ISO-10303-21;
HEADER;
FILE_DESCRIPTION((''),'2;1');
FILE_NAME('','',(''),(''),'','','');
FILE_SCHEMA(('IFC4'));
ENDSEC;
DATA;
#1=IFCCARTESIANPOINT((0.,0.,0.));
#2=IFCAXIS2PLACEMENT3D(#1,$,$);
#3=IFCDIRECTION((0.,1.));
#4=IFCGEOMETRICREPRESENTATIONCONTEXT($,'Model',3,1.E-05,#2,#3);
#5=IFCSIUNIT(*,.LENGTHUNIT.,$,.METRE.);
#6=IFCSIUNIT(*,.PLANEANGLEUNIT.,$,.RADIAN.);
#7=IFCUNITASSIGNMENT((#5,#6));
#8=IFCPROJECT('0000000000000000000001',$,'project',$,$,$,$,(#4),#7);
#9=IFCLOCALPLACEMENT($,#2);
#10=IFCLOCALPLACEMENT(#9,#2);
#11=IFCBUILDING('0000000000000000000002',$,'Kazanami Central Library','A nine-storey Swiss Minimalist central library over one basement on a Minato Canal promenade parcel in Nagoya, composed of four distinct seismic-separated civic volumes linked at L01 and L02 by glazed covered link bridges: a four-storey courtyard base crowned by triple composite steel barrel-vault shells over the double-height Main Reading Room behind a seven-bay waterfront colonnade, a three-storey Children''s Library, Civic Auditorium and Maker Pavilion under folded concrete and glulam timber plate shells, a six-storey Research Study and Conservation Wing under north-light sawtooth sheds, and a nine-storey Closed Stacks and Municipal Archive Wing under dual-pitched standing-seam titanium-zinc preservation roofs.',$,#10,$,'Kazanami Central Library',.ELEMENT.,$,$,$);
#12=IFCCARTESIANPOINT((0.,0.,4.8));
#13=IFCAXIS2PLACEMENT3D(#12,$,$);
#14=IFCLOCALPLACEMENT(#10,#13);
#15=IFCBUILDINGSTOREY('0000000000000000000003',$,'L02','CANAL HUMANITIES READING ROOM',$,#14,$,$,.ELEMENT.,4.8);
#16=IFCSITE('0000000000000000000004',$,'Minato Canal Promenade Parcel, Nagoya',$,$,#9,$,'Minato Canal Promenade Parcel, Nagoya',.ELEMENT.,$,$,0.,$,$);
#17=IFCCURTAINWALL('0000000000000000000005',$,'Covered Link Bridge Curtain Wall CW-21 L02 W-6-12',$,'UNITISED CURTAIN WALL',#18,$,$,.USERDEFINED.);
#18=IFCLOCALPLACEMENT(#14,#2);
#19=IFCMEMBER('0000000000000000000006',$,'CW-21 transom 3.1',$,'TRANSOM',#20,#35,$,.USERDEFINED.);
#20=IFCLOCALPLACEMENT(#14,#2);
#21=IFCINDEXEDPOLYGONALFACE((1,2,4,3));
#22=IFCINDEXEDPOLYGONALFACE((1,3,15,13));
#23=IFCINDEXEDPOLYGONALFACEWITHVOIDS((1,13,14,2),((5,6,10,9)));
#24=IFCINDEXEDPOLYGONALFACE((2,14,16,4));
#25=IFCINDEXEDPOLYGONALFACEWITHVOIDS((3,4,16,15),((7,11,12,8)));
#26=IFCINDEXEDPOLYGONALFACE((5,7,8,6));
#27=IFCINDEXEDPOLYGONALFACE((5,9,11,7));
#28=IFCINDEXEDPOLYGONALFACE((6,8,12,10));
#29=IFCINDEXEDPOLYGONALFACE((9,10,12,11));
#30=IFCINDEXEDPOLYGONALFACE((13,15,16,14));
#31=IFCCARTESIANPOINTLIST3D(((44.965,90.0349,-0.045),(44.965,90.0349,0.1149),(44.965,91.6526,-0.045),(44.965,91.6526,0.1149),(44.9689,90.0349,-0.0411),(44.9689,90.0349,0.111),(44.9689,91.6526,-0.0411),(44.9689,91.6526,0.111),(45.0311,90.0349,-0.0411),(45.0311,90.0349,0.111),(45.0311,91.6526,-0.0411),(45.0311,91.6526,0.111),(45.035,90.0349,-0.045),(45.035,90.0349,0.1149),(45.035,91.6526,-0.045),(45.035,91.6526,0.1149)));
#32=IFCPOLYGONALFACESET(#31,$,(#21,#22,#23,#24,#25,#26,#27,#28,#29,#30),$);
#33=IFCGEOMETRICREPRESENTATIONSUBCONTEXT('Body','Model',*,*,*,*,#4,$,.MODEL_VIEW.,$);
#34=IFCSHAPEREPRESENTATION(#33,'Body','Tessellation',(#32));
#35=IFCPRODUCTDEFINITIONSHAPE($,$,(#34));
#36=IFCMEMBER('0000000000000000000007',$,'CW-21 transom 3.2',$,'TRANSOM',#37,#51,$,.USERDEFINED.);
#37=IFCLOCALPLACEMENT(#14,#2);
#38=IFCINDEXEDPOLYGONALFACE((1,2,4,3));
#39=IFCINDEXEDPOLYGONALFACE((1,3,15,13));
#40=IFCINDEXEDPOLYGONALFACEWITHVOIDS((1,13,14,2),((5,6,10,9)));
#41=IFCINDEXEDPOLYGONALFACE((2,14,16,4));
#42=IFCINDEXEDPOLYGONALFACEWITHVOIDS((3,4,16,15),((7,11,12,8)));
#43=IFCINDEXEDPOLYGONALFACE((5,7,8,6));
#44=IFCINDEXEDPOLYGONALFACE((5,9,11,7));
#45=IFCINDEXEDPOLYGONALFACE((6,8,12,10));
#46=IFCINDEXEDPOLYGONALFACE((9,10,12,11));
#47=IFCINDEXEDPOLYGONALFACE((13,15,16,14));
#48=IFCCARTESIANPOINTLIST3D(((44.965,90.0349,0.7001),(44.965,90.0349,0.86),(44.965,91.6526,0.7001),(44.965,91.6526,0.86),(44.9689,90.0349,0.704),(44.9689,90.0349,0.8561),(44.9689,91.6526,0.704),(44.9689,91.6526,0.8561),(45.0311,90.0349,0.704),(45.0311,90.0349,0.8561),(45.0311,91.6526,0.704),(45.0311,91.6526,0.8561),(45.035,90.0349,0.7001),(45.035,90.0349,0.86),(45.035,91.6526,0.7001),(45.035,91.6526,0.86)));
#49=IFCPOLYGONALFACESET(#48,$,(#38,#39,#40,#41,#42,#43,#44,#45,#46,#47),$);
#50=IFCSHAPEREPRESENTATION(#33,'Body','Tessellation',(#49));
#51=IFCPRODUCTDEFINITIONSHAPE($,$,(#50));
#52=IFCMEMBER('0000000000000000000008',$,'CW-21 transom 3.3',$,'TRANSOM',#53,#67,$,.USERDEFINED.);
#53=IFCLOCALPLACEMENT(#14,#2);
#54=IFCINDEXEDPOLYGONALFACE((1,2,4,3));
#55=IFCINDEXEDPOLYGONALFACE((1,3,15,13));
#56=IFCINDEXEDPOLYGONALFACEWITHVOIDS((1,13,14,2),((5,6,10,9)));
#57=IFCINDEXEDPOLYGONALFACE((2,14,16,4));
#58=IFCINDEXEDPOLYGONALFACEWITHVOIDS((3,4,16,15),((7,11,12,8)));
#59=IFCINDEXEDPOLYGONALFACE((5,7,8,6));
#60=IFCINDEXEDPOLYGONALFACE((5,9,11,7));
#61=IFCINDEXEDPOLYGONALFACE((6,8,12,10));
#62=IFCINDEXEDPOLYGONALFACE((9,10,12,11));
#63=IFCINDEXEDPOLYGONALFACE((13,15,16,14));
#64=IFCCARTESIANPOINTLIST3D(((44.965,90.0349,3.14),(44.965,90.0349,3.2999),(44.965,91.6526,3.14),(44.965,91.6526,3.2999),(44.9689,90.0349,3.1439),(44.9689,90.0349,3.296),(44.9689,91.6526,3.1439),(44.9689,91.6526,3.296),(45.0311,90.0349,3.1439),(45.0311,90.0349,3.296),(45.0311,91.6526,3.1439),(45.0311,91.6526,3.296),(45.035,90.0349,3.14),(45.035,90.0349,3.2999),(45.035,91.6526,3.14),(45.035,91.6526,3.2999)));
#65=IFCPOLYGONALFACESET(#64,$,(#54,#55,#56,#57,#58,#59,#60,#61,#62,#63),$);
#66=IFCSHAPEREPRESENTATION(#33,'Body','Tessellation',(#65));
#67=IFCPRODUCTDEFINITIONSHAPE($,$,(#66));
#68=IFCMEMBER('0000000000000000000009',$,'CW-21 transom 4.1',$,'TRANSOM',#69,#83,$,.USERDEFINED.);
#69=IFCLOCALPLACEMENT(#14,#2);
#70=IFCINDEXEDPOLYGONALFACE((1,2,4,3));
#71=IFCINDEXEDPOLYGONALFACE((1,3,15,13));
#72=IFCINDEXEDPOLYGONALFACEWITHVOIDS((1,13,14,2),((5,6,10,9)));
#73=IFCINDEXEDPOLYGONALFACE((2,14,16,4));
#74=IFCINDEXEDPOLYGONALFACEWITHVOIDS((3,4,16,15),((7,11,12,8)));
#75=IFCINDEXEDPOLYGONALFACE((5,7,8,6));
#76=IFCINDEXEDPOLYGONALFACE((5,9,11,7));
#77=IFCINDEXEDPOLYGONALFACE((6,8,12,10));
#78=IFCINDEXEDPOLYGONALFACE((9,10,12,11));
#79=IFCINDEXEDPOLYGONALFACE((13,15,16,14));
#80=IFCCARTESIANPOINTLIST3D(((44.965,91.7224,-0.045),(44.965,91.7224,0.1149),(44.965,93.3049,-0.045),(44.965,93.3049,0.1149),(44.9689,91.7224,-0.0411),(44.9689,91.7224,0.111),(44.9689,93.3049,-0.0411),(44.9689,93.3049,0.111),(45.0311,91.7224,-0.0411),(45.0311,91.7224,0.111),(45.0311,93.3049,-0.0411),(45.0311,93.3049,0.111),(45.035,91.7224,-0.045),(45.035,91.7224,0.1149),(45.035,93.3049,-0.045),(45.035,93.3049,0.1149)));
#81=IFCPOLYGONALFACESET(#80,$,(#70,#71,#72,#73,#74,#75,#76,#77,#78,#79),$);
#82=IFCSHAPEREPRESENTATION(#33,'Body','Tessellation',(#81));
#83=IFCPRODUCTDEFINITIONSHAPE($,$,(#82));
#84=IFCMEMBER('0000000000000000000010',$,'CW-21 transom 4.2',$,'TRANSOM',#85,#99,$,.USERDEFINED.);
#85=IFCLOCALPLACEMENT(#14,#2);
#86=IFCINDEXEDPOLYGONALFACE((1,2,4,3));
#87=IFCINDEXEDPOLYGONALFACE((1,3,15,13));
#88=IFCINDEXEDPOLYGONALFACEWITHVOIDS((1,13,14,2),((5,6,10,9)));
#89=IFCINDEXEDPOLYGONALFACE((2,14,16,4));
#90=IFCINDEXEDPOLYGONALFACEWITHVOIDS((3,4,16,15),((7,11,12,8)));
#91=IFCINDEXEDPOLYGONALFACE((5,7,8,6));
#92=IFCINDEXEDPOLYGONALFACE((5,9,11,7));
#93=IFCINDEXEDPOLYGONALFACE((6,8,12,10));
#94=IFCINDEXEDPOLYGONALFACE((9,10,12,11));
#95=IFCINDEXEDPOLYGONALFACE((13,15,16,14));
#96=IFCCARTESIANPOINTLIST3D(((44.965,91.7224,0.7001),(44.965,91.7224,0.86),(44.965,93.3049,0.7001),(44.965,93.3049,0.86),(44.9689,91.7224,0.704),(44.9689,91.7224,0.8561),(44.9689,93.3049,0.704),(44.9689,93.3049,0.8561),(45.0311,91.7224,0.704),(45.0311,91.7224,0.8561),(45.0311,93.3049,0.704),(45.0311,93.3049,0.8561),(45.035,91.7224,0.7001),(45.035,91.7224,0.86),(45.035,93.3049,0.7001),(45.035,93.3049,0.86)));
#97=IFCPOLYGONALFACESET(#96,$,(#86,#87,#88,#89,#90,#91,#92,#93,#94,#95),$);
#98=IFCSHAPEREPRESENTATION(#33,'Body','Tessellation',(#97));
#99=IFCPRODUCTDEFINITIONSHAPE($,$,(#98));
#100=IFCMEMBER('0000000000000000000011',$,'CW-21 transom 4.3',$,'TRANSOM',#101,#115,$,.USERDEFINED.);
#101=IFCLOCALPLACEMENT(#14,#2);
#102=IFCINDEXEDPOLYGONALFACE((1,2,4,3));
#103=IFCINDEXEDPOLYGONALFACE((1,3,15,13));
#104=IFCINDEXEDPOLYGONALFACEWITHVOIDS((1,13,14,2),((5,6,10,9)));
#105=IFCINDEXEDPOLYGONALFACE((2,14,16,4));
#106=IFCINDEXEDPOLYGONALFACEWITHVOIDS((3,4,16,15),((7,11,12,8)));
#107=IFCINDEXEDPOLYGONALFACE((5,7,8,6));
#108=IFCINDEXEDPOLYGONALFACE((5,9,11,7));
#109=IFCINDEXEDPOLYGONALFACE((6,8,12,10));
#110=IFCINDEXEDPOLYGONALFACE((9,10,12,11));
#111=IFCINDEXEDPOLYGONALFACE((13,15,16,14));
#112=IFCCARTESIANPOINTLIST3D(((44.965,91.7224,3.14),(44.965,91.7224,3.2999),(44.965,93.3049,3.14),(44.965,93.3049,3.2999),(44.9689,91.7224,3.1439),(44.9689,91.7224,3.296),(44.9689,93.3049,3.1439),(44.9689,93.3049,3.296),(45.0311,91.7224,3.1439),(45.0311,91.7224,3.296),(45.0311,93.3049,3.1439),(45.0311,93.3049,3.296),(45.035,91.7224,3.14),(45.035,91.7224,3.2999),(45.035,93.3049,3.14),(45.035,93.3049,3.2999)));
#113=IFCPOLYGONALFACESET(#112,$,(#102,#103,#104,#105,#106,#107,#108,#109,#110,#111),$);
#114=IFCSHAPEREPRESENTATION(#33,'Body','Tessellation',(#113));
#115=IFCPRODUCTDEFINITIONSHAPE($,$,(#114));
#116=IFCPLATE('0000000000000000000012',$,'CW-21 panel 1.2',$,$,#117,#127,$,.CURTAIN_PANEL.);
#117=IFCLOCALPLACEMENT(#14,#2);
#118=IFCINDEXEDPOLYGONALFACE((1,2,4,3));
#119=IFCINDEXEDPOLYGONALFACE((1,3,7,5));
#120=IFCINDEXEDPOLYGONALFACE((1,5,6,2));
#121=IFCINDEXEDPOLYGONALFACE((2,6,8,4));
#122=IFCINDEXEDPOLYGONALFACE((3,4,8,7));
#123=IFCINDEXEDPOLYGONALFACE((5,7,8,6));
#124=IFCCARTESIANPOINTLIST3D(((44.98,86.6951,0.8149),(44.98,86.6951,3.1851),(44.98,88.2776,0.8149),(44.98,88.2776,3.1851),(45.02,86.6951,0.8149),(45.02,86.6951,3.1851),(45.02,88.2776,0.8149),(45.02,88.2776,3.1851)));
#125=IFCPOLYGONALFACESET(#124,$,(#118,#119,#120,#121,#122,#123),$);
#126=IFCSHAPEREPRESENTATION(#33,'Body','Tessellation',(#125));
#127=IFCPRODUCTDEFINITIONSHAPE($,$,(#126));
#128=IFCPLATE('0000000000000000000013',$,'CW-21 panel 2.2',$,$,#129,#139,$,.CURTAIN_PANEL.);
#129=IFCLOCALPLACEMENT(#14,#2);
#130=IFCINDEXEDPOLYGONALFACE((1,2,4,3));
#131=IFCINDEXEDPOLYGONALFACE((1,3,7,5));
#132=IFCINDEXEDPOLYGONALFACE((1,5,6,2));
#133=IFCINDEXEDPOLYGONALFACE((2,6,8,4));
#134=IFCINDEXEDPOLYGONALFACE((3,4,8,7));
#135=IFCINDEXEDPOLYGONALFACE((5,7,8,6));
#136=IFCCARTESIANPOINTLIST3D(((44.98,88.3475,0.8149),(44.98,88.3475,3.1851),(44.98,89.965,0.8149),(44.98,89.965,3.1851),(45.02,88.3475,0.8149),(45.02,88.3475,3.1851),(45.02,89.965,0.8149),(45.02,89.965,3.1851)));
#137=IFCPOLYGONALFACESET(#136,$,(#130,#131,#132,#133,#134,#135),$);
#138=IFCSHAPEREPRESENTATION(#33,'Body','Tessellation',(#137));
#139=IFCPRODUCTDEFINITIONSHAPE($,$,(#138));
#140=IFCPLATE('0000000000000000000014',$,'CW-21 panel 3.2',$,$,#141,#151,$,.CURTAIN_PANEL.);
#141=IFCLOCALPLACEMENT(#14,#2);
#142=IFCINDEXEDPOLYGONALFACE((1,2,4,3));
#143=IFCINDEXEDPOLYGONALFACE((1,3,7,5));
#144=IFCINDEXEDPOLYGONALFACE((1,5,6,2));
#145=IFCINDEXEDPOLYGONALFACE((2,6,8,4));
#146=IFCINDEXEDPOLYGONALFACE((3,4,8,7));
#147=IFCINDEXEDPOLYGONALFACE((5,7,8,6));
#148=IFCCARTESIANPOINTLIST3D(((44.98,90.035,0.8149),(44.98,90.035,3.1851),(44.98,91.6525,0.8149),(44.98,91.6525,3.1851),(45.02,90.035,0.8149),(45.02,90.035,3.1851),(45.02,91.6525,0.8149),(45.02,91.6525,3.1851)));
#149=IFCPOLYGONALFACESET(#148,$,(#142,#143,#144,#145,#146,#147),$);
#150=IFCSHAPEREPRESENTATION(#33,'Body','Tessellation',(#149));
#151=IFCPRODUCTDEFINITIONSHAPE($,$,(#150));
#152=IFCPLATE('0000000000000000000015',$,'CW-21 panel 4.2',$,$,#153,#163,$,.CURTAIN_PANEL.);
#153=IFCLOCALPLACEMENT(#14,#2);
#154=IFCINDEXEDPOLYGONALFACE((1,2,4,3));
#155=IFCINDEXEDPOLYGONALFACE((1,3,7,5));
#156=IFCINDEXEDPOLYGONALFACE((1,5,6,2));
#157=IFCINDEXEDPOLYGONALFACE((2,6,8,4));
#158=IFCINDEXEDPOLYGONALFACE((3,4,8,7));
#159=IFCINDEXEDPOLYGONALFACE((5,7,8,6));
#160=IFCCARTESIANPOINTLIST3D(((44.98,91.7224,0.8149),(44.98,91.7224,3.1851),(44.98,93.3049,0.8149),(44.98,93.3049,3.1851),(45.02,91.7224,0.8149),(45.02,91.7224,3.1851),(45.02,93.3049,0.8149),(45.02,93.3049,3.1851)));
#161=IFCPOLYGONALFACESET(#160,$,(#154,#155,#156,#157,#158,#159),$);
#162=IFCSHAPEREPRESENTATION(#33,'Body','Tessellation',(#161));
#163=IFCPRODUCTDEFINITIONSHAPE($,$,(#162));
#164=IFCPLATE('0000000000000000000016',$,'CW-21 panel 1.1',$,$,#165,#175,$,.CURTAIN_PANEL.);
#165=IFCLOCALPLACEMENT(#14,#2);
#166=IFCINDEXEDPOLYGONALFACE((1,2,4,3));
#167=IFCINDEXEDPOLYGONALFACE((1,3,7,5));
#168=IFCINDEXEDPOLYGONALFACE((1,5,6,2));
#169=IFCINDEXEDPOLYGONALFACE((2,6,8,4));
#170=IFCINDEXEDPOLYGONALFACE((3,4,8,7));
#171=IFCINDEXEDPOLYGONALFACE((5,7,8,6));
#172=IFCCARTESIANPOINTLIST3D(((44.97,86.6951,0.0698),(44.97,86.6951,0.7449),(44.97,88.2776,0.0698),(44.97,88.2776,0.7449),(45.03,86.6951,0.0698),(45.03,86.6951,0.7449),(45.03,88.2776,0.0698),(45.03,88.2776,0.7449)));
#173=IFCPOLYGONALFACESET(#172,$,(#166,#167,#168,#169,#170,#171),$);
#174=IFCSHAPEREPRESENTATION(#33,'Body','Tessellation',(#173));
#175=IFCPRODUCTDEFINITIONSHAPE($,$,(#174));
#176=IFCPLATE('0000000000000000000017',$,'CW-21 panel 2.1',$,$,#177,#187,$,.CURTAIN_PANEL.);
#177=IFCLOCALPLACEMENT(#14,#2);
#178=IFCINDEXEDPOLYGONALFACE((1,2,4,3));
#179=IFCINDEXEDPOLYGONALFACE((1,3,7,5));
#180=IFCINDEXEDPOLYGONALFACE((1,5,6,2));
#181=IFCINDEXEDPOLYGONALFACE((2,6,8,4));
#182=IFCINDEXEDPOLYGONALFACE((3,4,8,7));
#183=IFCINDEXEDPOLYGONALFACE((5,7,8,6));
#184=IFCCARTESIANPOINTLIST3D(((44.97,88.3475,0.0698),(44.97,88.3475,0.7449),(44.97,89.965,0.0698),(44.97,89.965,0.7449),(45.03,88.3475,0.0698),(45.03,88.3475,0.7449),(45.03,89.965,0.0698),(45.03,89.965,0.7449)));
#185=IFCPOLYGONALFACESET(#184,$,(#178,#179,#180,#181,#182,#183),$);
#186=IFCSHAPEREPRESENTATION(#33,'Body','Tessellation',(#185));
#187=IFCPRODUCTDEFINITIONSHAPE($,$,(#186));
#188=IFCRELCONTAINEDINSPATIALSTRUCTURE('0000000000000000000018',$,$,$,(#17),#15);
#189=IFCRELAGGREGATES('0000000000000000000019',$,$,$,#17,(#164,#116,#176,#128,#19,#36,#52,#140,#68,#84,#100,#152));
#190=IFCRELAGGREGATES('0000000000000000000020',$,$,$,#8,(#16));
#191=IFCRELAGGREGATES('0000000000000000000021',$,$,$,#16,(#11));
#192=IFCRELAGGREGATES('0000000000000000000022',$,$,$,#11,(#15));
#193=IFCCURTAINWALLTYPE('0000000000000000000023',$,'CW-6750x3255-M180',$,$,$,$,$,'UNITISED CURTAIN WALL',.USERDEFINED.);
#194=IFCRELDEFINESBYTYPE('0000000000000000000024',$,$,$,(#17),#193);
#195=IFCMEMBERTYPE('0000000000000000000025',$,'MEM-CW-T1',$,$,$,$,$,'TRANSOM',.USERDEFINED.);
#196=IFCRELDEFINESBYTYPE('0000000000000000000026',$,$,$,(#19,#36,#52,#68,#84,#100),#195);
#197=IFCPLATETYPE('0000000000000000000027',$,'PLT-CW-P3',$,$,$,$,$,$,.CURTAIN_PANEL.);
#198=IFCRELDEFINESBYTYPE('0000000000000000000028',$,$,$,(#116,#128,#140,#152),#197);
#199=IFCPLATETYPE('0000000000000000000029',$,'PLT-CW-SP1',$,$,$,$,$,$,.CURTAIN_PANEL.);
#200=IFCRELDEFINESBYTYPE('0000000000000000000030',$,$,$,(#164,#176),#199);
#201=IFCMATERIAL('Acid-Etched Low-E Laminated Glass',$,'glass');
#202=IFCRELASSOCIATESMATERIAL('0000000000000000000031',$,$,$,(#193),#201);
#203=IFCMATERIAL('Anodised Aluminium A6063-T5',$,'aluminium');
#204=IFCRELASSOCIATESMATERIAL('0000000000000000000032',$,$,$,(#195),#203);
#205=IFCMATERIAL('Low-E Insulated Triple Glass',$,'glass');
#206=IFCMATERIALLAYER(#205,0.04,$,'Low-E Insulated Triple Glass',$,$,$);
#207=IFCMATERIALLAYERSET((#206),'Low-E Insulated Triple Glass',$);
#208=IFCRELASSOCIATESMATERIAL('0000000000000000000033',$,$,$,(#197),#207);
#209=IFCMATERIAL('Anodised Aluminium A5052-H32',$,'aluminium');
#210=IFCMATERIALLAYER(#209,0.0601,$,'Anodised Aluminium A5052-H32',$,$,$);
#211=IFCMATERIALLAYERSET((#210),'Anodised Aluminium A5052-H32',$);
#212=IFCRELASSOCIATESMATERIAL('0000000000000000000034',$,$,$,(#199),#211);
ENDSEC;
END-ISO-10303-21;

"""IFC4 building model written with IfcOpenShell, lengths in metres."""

from ifc_helpers import new_model, si_unit, direction, frame, origin, origin_2d, place, context, subcontext, project, spatial, rectangle, hollow_rectangle, extrude, material, layer, layer_set, material_profile, profile_set, type_object, element, aggregate, save


model = new_model("IFC4")

# Units and contexts
model_context = context("Model", 3, precision=1e-05, world=origin(), true_north=direction((0.0, 1.0)))
body_context = subcontext(model_context, "Body", "Model", "MODEL_VIEW")
ifc_project = project(units=[si_unit("LENGTHUNIT", "METRE"), si_unit("PLANEANGLEUNIT", "RADIAN")], contexts=[model_context])

# Site, building, storey
site_placement = place(None, origin())
site = spatial("IfcSite", under=ifc_project, at=site_placement, Name="Minato Canal Promenade Parcel, Nagoya", LongName="Minato Canal Promenade Parcel, Nagoya", CompositionType="ELEMENT", RefElevation=0.0)
building_placement = place(site_placement, origin())
building = spatial("IfcBuilding", under=site, at=building_placement, Name="Kazanami Central Library", Description="A nine-storey Swiss Minimalist central library over one basement on a Minato Canal promenade parcel in Nagoya, composed of four distinct seismic-separated civic volumes linked at L01 and L02 by glazed covered link bridges: a four-storey courtyard base crowned by triple composite steel barrel-vault shells over the double-height Main Reading Room behind a seven-bay waterfront colonnade, a three-storey Children's Library, Civic Auditorium and Maker Pavilion under folded concrete and glulam timber plate shells, a six-storey Research Study and Conservation Wing under north-light sawtooth sheds, and a nine-storey Closed Stacks and Municipal Archive Wing under dual-pitched standing-seam titanium-zinc preservation roofs.", LongName="Kazanami Central Library", CompositionType="ELEMENT")
storey_placement = place(building_placement, frame((0.0, 0.0, 4.8)))
storey = spatial("IfcBuildingStorey", under=building, at=storey_placement, Name="L02", Description="CANAL HUMANITIES READING ROOM", CompositionType="ELEMENT", Elevation=4.8)

# Curtain wall, members, plates
ifc_material_1 = material(Name="Acid-Etched Low-E Laminated Glass", Category="glass")
curtain_wall_type = type_object("IfcCurtainWallType", Name="CW-6750x3255-M180", ElementType="UNITISED CURTAIN WALL", PredefinedType="USERDEFINED", material=ifc_material_1)
curtain_wall_placement = place(storey_placement, origin())
curtain_wall = element("IfcCurtainWall", 1, at=curtain_wall_placement, inside=storey, type_object=curtain_wall_type, Name="Covered Link Bridge Curtain Wall CW-21 L02 W-6-12", ObjectType="UNITISED CURTAIN WALL", PredefinedType="USERDEFINED")
ifc_material_2 = material(Name="Anodised Aluminium A6063-T5", Category="aluminium")
ifc_material_profile_1 = material_profile(ifc_material_2, hollow_rectangle(XDim=0.0701, YDim=0.1599, WallThickness=0.0039, at=origin_2d()), Name="ALU-TRAN-70x160x4")
ifc_profile_set_1 = profile_set([ifc_material_profile_1], Name="Anodised Aluminium A6063-T5")
member_type_1 = type_object("IfcMemberType", Name="MEM-CW-T1", ElementType="TRANSOM", PredefinedType="USERDEFINED", material=ifc_profile_set_1)
member_1_placement = place(storey_placement, frame((45.0, 90.0349, 0.0349), z_axis=(0.0, 1.0, 0.0), x_axis=(-1.0, 0.0, 0.0)))
member_1 = element("IfcMember", 2, at=member_1_placement, type_object=member_type_1, Name="CW-21 transom 3.1", ObjectType="TRANSOM", PredefinedType="USERDEFINED", context=body_context, shape_type="SweptSolid", body=[
    extrude(hollow_rectangle(XDim=0.0701, YDim=0.1599, WallThickness=0.0039, at=origin_2d()), origin(), (0.0, 0.0, 1.0), 1.6177),
])
member_2_placement = place(storey_placement, frame((45.0, 90.0349, 0.78), z_axis=(0.0, 1.0, 0.0), x_axis=(-1.0, 0.0, 0.0)))
member_2 = element("IfcMember", 3, at=member_2_placement, type_object=member_type_1, Name="CW-21 transom 3.2", ObjectType="TRANSOM", PredefinedType="USERDEFINED", context=body_context, shape_type="SweptSolid", body=[
    extrude(hollow_rectangle(XDim=0.0701, YDim=0.1599, WallThickness=0.0039, at=origin_2d()), origin(), (0.0, 0.0, 1.0), 1.6177),
])
member_3_placement = place(storey_placement, frame((45.0, 90.0349, 3.22), z_axis=(0.0, 1.0, 0.0), x_axis=(-1.0, 0.0, 0.0)))
member_3 = element("IfcMember", 4, at=member_3_placement, type_object=member_type_1, Name="CW-21 transom 3.3", ObjectType="TRANSOM", PredefinedType="USERDEFINED", context=body_context, shape_type="SweptSolid", body=[
    extrude(hollow_rectangle(XDim=0.0701, YDim=0.1599, WallThickness=0.0039, at=origin_2d()), origin(), (0.0, 0.0, 1.0), 1.6177),
])
member_4_placement = place(storey_placement, frame((45.0, 91.7224, 0.0349), z_axis=(0.0, 1.0, 0.0), x_axis=(-1.0, 0.0, 0.0)))
member_4 = element("IfcMember", 5, at=member_4_placement, type_object=member_type_1, Name="CW-21 transom 4.1", ObjectType="TRANSOM", PredefinedType="USERDEFINED", context=body_context, shape_type="SweptSolid", body=[
    extrude(hollow_rectangle(XDim=0.0701, YDim=0.1599, WallThickness=0.0039, at=origin_2d()), origin(), (0.0, 0.0, 1.0), 1.5825),
])
member_5_placement = place(storey_placement, frame((45.0, 91.7224, 0.78), z_axis=(0.0, 1.0, 0.0), x_axis=(-1.0, 0.0, 0.0)))
member_5 = element("IfcMember", 6, at=member_5_placement, type_object=member_type_1, Name="CW-21 transom 4.2", ObjectType="TRANSOM", PredefinedType="USERDEFINED", context=body_context, shape_type="SweptSolid", body=[
    extrude(hollow_rectangle(XDim=0.0701, YDim=0.1599, WallThickness=0.0039, at=origin_2d()), origin(), (0.0, 0.0, 1.0), 1.5825),
])
member_6_placement = place(storey_placement, frame((45.0, 91.7224, 3.22), z_axis=(0.0, 1.0, 0.0), x_axis=(-1.0, 0.0, 0.0)))
member_6 = element("IfcMember", 7, at=member_6_placement, type_object=member_type_1, Name="CW-21 transom 4.3", ObjectType="TRANSOM", PredefinedType="USERDEFINED", context=body_context, shape_type="SweptSolid", body=[
    extrude(hollow_rectangle(XDim=0.0701, YDim=0.1599, WallThickness=0.0039, at=origin_2d()), origin(), (0.0, 0.0, 1.0), 1.5825),
])
ifc_material_3 = material(Name="Low-E Insulated Triple Glass", Category="glass")
ifc_layer_1 = layer(ifc_material_3, 0.04, Name="Low-E Insulated Triple Glass")
ifc_layer_set_1 = layer_set([ifc_layer_1], Name="Low-E Insulated Triple Glass")
plate_type_1 = type_object("IfcPlateType", Name="PLT-CW-P3", PredefinedType="CURTAIN_PANEL", material=ifc_layer_set_1)
plate_1_placement = place(storey_placement, frame((45.0, 87.4863, 0.8149), z_axis=(0.0, 0.0, 1.0), x_axis=(0.0, 1.0, 0.0)))
plate_1 = element("IfcPlate", 8, at=plate_1_placement, type_object=plate_type_1, Name="CW-21 panel 1.2", PredefinedType="CURTAIN_PANEL", context=body_context, shape_type="SweptSolid", body=[
    extrude(rectangle(XDim=1.5825, YDim=0.04, at=origin_2d()), origin(), (0.0, 0.0, 1.0), 2.3701),
])
plate_2_placement = place(storey_placement, frame((45.0, 89.1562, 0.8149), z_axis=(0.0, 0.0, 1.0), x_axis=(0.0, 1.0, 0.0)))
plate_2 = element("IfcPlate", 9, at=plate_2_placement, type_object=plate_type_1, Name="CW-21 panel 2.2", PredefinedType="CURTAIN_PANEL", context=body_context, shape_type="SweptSolid", body=[
    extrude(rectangle(XDim=1.6174, YDim=0.04, at=origin_2d()), origin(), (0.0, 0.0, 1.0), 2.3701),
])
plate_3_placement = place(storey_placement, frame((45.0, 90.8438, 0.8149), z_axis=(0.0, 0.0, 1.0), x_axis=(0.0, 1.0, 0.0)))
plate_3 = element("IfcPlate", 10, at=plate_3_placement, type_object=plate_type_1, Name="CW-21 panel 3.2", PredefinedType="CURTAIN_PANEL", context=body_context, shape_type="SweptSolid", body=[
    extrude(rectangle(XDim=1.6174, YDim=0.04, at=origin_2d()), origin(), (0.0, 0.0, 1.0), 2.3701),
])
plate_4_placement = place(storey_placement, frame((45.0, 92.5137, 0.8149), z_axis=(0.0, 0.0, 1.0), x_axis=(0.0, 1.0, 0.0)))
plate_4 = element("IfcPlate", 11, at=plate_4_placement, type_object=plate_type_1, Name="CW-21 panel 4.2", PredefinedType="CURTAIN_PANEL", context=body_context, shape_type="SweptSolid", body=[
    extrude(rectangle(XDim=1.5825, YDim=0.04, at=origin_2d()), origin(), (0.0, 0.0, 1.0), 2.3701),
])
ifc_material_4 = material(Name="Anodised Aluminium A5052-H32", Category="aluminium")
ifc_layer_2 = layer(ifc_material_4, 0.0601, Name="Anodised Aluminium A5052-H32")
ifc_layer_set_2 = layer_set([ifc_layer_2], Name="Anodised Aluminium A5052-H32")
plate_type_2 = type_object("IfcPlateType", Name="PLT-CW-SP1", PredefinedType="CURTAIN_PANEL", material=ifc_layer_set_2)
plate_5_placement = place(storey_placement, frame((45.0, 87.4863, 0.0698), z_axis=(0.0, 0.0, 1.0), x_axis=(0.0, 1.0, 0.0)))
plate_5 = element("IfcPlate", 12, at=plate_5_placement, type_object=plate_type_2, Name="CW-21 panel 1.1", PredefinedType="CURTAIN_PANEL", context=body_context, shape_type="SweptSolid", body=[
    extrude(rectangle(XDim=1.5825, YDim=0.0601, at=origin_2d()), origin(), (0.0, 0.0, 1.0), 0.675),
])
plate_6_placement = place(storey_placement, frame((45.0, 89.1562, 0.0698), z_axis=(0.0, 0.0, 1.0), x_axis=(0.0, 1.0, 0.0)))
plate_6 = element("IfcPlate", 13, at=plate_6_placement, type_object=plate_type_2, Name="CW-21 panel 2.1", PredefinedType="CURTAIN_PANEL", context=body_context, shape_type="SweptSolid", body=[
    extrude(rectangle(XDim=1.6174, YDim=0.0601, at=origin_2d()), origin(), (0.0, 0.0, 1.0), 0.675),
])
aggregate(curtain_wall, [plate_5, plate_1, plate_6, plate_2, member_1, member_2, member_3, plate_3, member_4, member_5, member_6, plate_4])

save(model, "model.ifc")
